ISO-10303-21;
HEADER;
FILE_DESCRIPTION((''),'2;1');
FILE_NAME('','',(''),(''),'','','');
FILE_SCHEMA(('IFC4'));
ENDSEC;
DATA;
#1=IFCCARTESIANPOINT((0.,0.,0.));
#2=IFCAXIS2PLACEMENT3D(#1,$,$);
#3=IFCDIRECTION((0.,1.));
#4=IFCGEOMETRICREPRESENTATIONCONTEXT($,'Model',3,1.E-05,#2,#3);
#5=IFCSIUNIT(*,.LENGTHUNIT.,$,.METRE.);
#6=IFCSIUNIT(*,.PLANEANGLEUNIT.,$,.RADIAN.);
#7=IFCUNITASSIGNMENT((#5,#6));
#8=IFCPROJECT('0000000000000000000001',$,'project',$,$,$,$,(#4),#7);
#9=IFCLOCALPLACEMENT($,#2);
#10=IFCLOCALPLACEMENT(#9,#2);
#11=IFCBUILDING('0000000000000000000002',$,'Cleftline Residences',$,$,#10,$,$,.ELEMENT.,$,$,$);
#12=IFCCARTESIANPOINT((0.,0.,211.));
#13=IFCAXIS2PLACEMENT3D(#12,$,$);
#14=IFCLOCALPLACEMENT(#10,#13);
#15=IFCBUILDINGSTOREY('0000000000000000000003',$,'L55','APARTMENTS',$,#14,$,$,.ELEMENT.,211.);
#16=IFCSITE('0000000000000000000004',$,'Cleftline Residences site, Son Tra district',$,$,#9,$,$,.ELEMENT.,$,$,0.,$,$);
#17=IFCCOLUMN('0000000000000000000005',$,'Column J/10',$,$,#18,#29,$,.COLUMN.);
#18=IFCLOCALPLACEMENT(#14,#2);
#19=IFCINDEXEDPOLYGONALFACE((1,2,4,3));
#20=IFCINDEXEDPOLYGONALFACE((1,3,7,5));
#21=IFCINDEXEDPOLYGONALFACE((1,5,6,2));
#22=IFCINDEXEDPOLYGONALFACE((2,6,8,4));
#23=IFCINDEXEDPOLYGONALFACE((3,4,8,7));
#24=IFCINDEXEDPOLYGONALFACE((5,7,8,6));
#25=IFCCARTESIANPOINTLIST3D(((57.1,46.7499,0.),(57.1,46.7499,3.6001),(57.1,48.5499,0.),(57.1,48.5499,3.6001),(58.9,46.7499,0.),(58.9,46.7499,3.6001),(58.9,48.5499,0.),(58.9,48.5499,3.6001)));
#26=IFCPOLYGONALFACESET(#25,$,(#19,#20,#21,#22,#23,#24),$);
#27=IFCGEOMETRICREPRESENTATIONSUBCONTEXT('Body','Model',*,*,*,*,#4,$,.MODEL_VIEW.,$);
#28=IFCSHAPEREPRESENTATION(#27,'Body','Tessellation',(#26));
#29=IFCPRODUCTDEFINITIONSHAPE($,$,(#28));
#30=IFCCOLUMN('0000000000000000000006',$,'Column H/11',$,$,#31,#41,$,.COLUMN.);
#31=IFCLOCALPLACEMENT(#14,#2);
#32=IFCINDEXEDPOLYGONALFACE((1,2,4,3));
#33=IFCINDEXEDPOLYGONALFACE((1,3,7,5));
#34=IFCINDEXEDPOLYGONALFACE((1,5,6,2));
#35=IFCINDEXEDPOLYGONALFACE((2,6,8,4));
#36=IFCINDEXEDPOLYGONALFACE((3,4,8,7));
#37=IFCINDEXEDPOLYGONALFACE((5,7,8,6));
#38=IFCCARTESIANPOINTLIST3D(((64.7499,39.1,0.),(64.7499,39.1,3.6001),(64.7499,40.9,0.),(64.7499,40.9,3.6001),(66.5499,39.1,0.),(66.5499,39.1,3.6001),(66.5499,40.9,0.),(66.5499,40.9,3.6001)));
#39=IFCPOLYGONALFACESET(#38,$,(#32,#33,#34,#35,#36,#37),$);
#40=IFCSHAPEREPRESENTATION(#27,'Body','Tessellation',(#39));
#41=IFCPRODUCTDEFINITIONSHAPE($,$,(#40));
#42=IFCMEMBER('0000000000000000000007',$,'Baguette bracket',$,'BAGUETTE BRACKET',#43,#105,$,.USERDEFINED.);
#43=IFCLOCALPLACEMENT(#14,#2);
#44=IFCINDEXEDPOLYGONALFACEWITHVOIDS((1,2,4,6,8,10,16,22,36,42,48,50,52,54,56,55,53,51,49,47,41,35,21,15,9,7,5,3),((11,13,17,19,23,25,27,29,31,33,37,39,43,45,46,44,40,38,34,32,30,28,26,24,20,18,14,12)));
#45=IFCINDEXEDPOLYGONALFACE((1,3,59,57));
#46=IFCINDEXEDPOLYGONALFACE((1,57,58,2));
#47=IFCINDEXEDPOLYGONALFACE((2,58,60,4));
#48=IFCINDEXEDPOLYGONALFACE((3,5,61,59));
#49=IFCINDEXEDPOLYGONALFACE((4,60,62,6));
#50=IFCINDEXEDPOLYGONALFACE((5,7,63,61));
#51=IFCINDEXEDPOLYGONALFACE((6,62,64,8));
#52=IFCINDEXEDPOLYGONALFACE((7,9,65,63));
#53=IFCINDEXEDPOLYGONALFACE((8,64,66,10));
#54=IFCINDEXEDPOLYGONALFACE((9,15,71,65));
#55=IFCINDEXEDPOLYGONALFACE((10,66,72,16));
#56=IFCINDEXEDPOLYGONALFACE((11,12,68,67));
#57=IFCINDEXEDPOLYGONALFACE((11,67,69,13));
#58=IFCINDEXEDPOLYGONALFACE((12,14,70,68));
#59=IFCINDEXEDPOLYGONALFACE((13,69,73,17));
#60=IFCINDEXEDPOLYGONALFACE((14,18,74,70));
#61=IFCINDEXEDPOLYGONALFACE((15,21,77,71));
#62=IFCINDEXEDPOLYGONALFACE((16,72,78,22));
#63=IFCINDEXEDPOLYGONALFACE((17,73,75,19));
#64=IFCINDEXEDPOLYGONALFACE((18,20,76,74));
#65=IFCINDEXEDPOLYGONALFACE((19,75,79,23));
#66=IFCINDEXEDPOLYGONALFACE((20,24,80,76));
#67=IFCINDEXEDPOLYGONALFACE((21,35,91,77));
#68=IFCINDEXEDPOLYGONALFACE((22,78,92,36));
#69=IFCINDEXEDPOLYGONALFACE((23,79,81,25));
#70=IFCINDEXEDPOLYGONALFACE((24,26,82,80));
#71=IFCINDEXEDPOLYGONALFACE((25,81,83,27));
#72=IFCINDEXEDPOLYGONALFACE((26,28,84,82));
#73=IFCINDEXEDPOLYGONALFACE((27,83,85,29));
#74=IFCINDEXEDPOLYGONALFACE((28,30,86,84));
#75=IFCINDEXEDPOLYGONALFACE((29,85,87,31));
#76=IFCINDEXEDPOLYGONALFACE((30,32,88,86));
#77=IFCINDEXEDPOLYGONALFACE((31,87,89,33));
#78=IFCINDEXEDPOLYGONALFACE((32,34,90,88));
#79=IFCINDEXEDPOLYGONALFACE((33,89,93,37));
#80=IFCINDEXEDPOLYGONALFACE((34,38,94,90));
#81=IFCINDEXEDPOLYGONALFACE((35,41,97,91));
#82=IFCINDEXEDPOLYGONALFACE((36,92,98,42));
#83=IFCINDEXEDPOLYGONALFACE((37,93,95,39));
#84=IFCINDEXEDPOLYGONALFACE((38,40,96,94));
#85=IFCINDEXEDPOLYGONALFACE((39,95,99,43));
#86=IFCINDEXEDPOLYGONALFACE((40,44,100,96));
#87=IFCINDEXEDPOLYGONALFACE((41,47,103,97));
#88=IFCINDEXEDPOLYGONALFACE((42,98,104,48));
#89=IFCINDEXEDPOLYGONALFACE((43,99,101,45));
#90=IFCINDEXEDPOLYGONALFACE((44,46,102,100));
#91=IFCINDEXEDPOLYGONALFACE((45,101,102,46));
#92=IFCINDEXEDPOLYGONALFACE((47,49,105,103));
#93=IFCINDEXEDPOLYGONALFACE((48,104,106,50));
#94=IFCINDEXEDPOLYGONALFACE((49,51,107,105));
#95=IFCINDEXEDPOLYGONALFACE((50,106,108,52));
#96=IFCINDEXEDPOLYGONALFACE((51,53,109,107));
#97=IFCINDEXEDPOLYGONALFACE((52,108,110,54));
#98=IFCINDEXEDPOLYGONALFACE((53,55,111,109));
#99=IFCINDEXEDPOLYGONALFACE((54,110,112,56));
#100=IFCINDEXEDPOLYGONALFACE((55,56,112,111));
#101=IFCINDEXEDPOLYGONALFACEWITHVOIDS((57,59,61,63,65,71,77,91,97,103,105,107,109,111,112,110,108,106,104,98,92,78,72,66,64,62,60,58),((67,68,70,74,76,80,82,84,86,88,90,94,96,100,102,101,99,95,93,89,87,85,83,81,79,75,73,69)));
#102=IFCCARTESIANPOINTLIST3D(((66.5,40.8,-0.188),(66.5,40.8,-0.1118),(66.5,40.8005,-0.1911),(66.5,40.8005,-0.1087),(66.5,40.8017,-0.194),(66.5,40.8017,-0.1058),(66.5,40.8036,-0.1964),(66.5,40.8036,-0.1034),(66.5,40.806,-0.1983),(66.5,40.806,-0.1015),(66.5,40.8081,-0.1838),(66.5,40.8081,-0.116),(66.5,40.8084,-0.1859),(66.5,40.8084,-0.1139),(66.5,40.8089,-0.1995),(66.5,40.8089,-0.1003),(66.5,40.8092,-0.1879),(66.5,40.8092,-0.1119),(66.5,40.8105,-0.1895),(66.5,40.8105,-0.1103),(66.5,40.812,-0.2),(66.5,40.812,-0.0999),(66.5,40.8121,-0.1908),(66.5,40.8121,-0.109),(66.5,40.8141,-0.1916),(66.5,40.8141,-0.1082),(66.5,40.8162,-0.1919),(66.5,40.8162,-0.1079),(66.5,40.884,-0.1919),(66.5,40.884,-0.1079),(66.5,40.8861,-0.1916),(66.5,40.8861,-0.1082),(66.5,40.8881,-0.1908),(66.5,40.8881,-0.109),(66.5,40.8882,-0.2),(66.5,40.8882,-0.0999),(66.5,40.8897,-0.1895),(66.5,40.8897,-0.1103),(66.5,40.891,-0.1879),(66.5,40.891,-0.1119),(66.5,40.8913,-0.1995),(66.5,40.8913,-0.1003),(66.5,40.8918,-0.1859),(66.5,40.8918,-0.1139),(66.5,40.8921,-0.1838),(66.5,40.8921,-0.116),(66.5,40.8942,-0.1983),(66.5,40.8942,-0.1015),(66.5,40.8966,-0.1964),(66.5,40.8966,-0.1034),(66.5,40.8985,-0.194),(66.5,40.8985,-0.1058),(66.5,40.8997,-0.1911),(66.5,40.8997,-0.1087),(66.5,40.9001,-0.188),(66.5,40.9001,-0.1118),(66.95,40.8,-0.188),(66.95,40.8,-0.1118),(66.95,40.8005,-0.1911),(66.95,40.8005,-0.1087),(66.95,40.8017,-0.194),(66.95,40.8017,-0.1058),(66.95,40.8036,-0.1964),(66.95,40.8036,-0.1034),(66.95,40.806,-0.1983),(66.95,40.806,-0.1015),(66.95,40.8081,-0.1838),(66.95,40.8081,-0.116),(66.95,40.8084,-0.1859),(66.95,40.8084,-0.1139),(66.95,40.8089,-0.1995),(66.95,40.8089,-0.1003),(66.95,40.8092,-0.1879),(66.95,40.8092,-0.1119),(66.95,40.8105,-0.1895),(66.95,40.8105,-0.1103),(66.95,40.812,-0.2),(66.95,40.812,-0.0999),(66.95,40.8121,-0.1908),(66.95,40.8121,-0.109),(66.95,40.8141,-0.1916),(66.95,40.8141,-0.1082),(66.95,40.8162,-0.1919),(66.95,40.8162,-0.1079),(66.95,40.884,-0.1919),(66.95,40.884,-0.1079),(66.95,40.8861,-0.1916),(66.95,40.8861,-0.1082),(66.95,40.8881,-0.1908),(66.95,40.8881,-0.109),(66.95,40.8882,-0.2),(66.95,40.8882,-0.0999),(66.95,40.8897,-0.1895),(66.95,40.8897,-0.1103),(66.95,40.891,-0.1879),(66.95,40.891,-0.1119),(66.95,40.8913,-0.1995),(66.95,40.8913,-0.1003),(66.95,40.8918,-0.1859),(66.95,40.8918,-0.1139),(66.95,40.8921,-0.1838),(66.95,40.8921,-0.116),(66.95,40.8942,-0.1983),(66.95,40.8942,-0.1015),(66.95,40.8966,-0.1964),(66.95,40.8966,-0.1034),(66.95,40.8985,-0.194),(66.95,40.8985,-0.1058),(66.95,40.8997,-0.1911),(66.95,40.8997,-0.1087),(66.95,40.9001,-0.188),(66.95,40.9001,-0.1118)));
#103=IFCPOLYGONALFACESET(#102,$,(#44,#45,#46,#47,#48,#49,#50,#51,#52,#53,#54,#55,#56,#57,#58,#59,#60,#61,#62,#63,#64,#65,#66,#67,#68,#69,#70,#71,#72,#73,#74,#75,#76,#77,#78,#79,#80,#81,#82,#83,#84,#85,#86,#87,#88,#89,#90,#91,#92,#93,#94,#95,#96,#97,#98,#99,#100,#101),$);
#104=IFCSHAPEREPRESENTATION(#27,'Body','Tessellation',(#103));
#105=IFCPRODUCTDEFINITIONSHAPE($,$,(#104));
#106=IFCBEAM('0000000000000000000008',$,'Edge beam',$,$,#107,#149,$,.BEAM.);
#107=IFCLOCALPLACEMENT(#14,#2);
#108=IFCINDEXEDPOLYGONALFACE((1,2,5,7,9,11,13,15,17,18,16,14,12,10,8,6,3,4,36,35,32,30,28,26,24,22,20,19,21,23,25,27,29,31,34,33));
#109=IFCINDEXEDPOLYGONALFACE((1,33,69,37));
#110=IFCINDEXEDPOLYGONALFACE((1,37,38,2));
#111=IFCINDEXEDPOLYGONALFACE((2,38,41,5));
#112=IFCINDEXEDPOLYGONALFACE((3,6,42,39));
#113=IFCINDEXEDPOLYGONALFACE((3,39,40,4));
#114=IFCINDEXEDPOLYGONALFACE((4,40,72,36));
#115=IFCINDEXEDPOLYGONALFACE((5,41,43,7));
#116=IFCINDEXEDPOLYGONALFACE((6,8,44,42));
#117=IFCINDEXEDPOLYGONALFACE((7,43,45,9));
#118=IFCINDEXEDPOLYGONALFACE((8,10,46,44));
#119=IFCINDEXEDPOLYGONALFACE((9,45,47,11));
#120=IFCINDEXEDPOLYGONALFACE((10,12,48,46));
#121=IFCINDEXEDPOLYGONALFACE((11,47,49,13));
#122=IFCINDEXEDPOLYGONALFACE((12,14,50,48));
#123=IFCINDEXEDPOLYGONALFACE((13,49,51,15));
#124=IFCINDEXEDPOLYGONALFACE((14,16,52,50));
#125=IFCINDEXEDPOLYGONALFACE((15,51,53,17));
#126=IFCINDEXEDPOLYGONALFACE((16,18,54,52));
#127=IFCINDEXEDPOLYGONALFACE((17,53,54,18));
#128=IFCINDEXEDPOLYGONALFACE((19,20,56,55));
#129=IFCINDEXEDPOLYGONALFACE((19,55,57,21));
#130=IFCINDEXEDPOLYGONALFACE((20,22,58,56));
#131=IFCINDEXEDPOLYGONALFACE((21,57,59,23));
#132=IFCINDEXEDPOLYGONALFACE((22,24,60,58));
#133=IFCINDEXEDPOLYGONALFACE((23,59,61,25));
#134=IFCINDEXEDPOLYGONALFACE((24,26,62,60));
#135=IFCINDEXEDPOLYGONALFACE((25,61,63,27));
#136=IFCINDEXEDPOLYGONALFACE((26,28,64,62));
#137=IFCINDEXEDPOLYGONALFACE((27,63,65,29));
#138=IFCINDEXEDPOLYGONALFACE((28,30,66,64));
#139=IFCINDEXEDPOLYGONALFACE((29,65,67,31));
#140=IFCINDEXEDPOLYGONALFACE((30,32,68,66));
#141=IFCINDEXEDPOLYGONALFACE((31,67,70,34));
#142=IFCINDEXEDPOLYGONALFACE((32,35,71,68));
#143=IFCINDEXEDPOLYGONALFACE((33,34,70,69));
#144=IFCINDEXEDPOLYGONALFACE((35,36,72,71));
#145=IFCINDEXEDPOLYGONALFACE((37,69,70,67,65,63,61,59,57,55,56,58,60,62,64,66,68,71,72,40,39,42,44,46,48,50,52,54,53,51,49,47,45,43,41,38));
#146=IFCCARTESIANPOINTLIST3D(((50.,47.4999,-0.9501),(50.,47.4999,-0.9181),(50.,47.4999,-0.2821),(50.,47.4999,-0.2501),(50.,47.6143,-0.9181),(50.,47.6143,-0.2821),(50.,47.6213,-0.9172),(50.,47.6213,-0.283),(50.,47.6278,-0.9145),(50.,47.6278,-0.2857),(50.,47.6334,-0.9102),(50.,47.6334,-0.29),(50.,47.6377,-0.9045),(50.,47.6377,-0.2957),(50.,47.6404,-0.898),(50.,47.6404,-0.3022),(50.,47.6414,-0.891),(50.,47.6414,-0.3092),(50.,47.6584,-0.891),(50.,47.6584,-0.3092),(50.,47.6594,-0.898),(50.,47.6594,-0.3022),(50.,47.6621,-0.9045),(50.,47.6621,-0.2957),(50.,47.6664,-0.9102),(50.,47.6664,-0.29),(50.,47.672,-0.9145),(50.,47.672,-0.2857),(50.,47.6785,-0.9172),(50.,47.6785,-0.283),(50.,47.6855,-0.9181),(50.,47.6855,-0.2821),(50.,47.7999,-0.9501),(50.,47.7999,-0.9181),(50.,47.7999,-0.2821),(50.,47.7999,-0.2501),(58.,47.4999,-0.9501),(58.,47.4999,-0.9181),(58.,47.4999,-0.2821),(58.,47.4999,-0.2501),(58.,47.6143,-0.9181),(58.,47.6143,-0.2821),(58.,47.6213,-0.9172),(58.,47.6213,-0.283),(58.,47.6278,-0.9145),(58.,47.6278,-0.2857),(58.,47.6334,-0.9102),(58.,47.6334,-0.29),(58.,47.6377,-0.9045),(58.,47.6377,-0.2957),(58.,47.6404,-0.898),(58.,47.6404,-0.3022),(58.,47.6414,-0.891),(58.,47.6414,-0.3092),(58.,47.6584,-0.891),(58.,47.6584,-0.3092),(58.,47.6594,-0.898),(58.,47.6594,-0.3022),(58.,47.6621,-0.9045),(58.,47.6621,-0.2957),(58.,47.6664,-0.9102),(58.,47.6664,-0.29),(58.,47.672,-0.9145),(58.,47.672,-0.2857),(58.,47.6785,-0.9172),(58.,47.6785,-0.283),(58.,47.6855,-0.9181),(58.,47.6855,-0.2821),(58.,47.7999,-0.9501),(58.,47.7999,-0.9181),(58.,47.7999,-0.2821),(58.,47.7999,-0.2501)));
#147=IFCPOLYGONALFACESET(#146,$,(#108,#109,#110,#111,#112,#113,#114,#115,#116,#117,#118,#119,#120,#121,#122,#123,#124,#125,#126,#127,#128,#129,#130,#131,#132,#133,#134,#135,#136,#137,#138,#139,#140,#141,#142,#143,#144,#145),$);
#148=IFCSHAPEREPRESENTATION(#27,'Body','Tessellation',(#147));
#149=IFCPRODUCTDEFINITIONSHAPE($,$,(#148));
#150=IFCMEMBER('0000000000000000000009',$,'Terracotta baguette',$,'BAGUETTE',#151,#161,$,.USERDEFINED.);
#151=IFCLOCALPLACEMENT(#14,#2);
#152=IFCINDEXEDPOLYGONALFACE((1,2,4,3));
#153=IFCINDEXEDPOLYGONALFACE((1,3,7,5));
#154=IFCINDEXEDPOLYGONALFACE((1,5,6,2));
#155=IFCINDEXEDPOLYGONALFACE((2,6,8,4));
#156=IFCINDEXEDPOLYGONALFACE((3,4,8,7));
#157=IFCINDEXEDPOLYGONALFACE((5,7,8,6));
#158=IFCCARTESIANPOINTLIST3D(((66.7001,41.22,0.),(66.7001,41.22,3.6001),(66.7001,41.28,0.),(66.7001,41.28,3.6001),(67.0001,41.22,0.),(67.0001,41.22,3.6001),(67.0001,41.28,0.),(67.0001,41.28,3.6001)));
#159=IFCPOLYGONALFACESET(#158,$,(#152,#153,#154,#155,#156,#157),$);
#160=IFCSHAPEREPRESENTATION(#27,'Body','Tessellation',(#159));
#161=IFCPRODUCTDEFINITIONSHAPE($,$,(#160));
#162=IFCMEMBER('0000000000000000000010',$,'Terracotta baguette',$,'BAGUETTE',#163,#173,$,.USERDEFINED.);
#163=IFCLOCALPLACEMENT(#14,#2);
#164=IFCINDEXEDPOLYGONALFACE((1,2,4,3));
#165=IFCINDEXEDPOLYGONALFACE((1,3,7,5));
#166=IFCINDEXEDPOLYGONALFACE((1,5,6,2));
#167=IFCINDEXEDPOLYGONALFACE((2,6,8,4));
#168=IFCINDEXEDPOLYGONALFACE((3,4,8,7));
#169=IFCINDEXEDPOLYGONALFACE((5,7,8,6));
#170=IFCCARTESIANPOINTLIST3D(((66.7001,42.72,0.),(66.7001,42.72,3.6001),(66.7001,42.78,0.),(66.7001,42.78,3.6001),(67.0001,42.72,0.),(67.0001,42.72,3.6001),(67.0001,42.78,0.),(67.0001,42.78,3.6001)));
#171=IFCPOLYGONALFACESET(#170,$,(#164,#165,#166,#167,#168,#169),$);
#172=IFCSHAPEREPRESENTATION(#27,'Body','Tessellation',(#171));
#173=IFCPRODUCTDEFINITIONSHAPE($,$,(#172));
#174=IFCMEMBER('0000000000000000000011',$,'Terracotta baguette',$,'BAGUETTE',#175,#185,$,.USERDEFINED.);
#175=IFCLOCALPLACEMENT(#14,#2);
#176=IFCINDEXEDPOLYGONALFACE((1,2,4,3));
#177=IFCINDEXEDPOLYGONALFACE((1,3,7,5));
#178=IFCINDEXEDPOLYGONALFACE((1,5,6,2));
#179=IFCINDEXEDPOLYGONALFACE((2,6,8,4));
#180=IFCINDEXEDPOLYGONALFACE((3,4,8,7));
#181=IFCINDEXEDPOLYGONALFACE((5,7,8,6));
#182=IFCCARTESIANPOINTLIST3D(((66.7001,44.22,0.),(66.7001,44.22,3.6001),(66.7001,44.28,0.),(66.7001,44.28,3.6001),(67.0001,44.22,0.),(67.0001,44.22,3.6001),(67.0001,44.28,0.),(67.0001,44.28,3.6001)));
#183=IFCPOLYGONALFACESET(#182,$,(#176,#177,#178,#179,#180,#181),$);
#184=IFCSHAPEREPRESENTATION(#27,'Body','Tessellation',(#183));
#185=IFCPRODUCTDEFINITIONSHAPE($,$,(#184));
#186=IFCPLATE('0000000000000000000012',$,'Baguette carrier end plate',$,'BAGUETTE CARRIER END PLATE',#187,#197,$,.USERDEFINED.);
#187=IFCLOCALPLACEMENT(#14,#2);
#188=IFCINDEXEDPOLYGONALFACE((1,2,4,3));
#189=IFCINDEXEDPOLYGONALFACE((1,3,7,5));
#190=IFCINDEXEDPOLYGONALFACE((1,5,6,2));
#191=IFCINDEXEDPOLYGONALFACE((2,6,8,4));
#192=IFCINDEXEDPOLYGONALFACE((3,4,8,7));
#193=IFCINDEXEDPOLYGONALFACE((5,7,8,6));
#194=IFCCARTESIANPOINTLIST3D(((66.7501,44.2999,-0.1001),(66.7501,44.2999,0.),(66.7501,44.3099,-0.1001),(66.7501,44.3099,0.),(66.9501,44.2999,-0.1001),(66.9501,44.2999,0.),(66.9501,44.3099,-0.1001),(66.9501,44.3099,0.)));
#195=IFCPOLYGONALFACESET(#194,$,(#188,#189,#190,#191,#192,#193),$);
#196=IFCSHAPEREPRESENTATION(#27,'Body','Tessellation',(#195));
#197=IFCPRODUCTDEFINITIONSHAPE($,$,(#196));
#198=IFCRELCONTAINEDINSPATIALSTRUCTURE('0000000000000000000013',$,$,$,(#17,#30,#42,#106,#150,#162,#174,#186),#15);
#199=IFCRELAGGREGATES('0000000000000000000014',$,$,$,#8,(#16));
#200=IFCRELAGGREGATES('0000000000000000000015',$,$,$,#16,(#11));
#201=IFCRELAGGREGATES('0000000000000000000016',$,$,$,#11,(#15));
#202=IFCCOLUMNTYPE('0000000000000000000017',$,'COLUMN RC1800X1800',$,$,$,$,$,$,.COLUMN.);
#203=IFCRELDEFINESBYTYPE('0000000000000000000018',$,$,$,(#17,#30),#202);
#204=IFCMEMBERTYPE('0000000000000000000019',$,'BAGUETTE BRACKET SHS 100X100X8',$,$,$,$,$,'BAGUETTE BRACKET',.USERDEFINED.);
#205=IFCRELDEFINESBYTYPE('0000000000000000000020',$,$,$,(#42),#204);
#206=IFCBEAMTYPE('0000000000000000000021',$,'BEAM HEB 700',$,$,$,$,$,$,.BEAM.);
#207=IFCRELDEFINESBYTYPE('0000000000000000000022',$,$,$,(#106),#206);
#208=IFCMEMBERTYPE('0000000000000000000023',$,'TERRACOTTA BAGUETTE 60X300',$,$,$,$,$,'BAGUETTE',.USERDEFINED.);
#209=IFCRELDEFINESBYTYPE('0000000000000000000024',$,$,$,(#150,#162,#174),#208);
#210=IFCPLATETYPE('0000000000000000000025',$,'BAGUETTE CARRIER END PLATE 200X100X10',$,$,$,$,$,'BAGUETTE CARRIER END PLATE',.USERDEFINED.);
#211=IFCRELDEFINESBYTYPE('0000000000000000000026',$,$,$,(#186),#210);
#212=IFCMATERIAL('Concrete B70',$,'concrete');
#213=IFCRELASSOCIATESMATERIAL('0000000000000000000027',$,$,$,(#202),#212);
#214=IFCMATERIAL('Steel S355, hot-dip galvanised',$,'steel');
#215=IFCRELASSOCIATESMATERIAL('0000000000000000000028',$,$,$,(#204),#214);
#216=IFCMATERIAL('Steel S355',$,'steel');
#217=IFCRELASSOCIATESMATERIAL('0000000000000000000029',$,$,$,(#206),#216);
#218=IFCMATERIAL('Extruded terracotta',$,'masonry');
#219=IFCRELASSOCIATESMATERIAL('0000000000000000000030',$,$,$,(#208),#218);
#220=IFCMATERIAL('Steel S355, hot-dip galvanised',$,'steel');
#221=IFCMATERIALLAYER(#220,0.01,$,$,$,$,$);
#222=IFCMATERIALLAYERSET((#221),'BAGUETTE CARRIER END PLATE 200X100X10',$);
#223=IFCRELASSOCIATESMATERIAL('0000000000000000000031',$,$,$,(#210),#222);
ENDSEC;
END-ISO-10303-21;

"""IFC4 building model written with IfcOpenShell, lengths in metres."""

from ifc_helpers import new_model, si_unit, direction, frame, origin, origin_2d, place, context, subcontext, project, spatial, rectangle, hollow_rectangle, i_section, extrude, material, layer, layer_set, material_profile, profile_set, type_object, element, save


model = new_model("IFC4")

# Units and contexts
model_context = context("Model", 3, precision=1e-05, world=origin(), true_north=direction((0.0, 1.0)))
body_context = subcontext(model_context, "Body", "Model", "MODEL_VIEW")
ifc_project = project(units=[si_unit("LENGTHUNIT", "METRE"), si_unit("PLANEANGLEUNIT", "RADIAN")], contexts=[model_context])

# Site, building, storey
site_placement = place(None, origin())
site = spatial("IfcSite", under=ifc_project, at=site_placement, Name="Cleftline Residences site, Son Tra district", CompositionType="ELEMENT", RefElevation=0.0)
building_placement = place(site_placement, origin())
building = spatial("IfcBuilding", under=site, at=building_placement, Name="Cleftline Residences", CompositionType="ELEMENT")
storey_placement = place(building_placement, frame((0.0, 0.0, 211.0)))
storey = spatial("IfcBuildingStorey", under=building, at=storey_placement, Name="L55", Description="APARTMENTS", CompositionType="ELEMENT", Elevation=211.0)

# Columns
ifc_material_1 = material(Name="Concrete B70", Category="concrete")
ifc_material_profile_1 = material_profile(ifc_material_1, rectangle(XDim=1.8, YDim=1.8, at=origin_2d()))
ifc_profile_set_1 = profile_set([ifc_material_profile_1], Name="Concrete B70")
column_type = type_object("IfcColumnType", Name="COLUMN RC1800X1800", PredefinedType="COLUMN", material=ifc_profile_set_1)
for number, where, z_axis, x_axis, name in (
    (1, (58.0, 47.6499, 0.0), (0.0, 0.0, 1.0), (1.0, 0.0, 0.0), "Column J/10"),
    (2, (65.6499, 40.0, 0.0), (0.0, 0.0, 1.0), (1.0, 0.0, 0.0), "Column H/11"),
):
    element("IfcColumn", number, at=place(storey_placement, frame(where, z_axis=z_axis, x_axis=x_axis)), inside=storey, type_object=column_type, Name=name, PredefinedType="COLUMN", context=body_context, shape_type="SweptSolid", body=[
        extrude(rectangle(XDim=1.8, YDim=1.8, at=origin_2d()), origin(), (0.0, 0.0, 1.0), 3.6001),
    ])

# Member
ifc_material_2 = material(Name="Steel S355, hot-dip galvanised", Category="steel")
ifc_material_profile_2 = material_profile(ifc_material_2, hollow_rectangle(XDim=0.1001, YDim=0.1001, WallThickness=0.0081, InnerFilletRadius=0.0081, OuterFilletRadius=0.012, at=origin_2d()))
ifc_profile_set_2 = profile_set([ifc_material_profile_2], Name="Steel S355, hot-dip galvanised")
member_type_1 = type_object("IfcMemberType", Name="BAGUETTE BRACKET SHS 100X100X8", ElementType="BAGUETTE BRACKET", PredefinedType="USERDEFINED", material=ifc_profile_set_2)
member_placement = place(storey_placement, frame((66.5, 40.8501, -0.1499), z_axis=(1.0, 0.0, 0.0), x_axis=(0.0, 1.0, 0.0)))
element("IfcMember", 3, at=member_placement, inside=storey, type_object=member_type_1, Name="Baguette bracket", ObjectType="BAGUETTE BRACKET", PredefinedType="USERDEFINED", context=body_context, shape_type="SweptSolid", body=[
    extrude(hollow_rectangle(XDim=0.1001, YDim=0.1001, WallThickness=0.0081, InnerFilletRadius=0.0081, OuterFilletRadius=0.012, at=origin_2d()), origin(), (0.0, 0.0, 1.0), 0.45),
])

# Beam
ifc_material_3 = material(Name="Steel S355", Category="steel")
ifc_material_profile_3 = material_profile(ifc_material_3, i_section(OverallWidth=0.3, OverallDepth=0.7, WebThickness=0.0171, FlangeThickness=0.032, FilletRadius=0.0271, at=origin_2d()))
ifc_profile_set_3 = profile_set([ifc_material_profile_3], Name="Steel S355")
beam_type = type_object("IfcBeamType", Name="BEAM HEB 700", PredefinedType="BEAM", material=ifc_profile_set_3)
beam_placement = place(storey_placement, frame((58.0, 47.6499, -0.6001), z_axis=(-1.0, 0.0, 0.0), x_axis=(0.0, -1.0, 0.0)))
element("IfcBeam", 4, at=beam_placement, inside=storey, type_object=beam_type, Name="Edge beam", PredefinedType="BEAM", context=body_context, shape_type="SweptSolid", body=[
    extrude(i_section(OverallWidth=0.3, OverallDepth=0.7, WebThickness=0.0171, FlangeThickness=0.032, FilletRadius=0.0271, at=origin_2d()), origin(), (0.0, 0.0, 1.0), 8.0),
])

# Members
ifc_material_4 = material(Name="Extruded terracotta", Category="masonry")
ifc_material_profile_4 = material_profile(ifc_material_4, rectangle(XDim=0.0601, YDim=0.3, at=origin_2d()))
ifc_profile_set_4 = profile_set([ifc_material_profile_4], Name="Extruded terracotta")
member_type_2 = type_object("IfcMemberType", Name="TERRACOTTA BAGUETTE 60X300", ElementType="BAGUETTE", PredefinedType="USERDEFINED", material=ifc_profile_set_4)
for number, where, z_axis, x_axis, name in (
    (5, (66.8501, 41.25, 0.0), (0.0, 0.0, 1.0), (0.0, 1.0, 0.0), "Terracotta baguette"),
    (6, (66.8501, 42.75, 0.0), (0.0, 0.0, 1.0), (0.0, 1.0, 0.0), "Terracotta baguette"),
    (7, (66.8501, 44.25, 0.0), (0.0, 0.0, 1.0), (0.0, 1.0, 0.0), "Terracotta baguette"),
):
    element("IfcMember", number, at=place(storey_placement, frame(where, z_axis=z_axis, x_axis=x_axis)), inside=storey, type_object=member_type_2, Name=name, ObjectType="BAGUETTE", PredefinedType="USERDEFINED", context=body_context, shape_type="SweptSolid", body=[
        extrude(rectangle(XDim=0.0601, YDim=0.3, at=origin_2d()), origin(), (0.0, 0.0, 1.0), 3.6001),
    ])

# Plate
ifc_material_5 = material(Name="Steel S355, hot-dip galvanised", Category="steel")
ifc_layer_1 = layer(ifc_material_5, 0.01)
ifc_layer_set_1 = layer_set([ifc_layer_1], Name="BAGUETTE CARRIER END PLATE 200X100X10")
plate_type = type_object("IfcPlateType", Name="BAGUETTE CARRIER END PLATE 200X100X10", ElementType="BAGUETTE CARRIER END PLATE", PredefinedType="USERDEFINED", material=ifc_layer_set_1)
plate_placement = place(storey_placement, frame((66.8501, 44.3049, -0.1001), z_axis=(0.0, 0.0, 1.0), x_axis=(1.0, 0.0, 0.0)))
element("IfcPlate", 8, at=plate_placement, inside=storey, type_object=plate_type, Name="Baguette carrier end plate", ObjectType="BAGUETTE CARRIER END PLATE", PredefinedType="USERDEFINED", context=body_context, shape_type="SweptSolid", body=[
    extrude(rectangle(XDim=0.2, YDim=0.01, at=origin_2d()), origin(), (0.0, 0.0, 1.0), 0.1001),
])

save(model, "model.ifc")
